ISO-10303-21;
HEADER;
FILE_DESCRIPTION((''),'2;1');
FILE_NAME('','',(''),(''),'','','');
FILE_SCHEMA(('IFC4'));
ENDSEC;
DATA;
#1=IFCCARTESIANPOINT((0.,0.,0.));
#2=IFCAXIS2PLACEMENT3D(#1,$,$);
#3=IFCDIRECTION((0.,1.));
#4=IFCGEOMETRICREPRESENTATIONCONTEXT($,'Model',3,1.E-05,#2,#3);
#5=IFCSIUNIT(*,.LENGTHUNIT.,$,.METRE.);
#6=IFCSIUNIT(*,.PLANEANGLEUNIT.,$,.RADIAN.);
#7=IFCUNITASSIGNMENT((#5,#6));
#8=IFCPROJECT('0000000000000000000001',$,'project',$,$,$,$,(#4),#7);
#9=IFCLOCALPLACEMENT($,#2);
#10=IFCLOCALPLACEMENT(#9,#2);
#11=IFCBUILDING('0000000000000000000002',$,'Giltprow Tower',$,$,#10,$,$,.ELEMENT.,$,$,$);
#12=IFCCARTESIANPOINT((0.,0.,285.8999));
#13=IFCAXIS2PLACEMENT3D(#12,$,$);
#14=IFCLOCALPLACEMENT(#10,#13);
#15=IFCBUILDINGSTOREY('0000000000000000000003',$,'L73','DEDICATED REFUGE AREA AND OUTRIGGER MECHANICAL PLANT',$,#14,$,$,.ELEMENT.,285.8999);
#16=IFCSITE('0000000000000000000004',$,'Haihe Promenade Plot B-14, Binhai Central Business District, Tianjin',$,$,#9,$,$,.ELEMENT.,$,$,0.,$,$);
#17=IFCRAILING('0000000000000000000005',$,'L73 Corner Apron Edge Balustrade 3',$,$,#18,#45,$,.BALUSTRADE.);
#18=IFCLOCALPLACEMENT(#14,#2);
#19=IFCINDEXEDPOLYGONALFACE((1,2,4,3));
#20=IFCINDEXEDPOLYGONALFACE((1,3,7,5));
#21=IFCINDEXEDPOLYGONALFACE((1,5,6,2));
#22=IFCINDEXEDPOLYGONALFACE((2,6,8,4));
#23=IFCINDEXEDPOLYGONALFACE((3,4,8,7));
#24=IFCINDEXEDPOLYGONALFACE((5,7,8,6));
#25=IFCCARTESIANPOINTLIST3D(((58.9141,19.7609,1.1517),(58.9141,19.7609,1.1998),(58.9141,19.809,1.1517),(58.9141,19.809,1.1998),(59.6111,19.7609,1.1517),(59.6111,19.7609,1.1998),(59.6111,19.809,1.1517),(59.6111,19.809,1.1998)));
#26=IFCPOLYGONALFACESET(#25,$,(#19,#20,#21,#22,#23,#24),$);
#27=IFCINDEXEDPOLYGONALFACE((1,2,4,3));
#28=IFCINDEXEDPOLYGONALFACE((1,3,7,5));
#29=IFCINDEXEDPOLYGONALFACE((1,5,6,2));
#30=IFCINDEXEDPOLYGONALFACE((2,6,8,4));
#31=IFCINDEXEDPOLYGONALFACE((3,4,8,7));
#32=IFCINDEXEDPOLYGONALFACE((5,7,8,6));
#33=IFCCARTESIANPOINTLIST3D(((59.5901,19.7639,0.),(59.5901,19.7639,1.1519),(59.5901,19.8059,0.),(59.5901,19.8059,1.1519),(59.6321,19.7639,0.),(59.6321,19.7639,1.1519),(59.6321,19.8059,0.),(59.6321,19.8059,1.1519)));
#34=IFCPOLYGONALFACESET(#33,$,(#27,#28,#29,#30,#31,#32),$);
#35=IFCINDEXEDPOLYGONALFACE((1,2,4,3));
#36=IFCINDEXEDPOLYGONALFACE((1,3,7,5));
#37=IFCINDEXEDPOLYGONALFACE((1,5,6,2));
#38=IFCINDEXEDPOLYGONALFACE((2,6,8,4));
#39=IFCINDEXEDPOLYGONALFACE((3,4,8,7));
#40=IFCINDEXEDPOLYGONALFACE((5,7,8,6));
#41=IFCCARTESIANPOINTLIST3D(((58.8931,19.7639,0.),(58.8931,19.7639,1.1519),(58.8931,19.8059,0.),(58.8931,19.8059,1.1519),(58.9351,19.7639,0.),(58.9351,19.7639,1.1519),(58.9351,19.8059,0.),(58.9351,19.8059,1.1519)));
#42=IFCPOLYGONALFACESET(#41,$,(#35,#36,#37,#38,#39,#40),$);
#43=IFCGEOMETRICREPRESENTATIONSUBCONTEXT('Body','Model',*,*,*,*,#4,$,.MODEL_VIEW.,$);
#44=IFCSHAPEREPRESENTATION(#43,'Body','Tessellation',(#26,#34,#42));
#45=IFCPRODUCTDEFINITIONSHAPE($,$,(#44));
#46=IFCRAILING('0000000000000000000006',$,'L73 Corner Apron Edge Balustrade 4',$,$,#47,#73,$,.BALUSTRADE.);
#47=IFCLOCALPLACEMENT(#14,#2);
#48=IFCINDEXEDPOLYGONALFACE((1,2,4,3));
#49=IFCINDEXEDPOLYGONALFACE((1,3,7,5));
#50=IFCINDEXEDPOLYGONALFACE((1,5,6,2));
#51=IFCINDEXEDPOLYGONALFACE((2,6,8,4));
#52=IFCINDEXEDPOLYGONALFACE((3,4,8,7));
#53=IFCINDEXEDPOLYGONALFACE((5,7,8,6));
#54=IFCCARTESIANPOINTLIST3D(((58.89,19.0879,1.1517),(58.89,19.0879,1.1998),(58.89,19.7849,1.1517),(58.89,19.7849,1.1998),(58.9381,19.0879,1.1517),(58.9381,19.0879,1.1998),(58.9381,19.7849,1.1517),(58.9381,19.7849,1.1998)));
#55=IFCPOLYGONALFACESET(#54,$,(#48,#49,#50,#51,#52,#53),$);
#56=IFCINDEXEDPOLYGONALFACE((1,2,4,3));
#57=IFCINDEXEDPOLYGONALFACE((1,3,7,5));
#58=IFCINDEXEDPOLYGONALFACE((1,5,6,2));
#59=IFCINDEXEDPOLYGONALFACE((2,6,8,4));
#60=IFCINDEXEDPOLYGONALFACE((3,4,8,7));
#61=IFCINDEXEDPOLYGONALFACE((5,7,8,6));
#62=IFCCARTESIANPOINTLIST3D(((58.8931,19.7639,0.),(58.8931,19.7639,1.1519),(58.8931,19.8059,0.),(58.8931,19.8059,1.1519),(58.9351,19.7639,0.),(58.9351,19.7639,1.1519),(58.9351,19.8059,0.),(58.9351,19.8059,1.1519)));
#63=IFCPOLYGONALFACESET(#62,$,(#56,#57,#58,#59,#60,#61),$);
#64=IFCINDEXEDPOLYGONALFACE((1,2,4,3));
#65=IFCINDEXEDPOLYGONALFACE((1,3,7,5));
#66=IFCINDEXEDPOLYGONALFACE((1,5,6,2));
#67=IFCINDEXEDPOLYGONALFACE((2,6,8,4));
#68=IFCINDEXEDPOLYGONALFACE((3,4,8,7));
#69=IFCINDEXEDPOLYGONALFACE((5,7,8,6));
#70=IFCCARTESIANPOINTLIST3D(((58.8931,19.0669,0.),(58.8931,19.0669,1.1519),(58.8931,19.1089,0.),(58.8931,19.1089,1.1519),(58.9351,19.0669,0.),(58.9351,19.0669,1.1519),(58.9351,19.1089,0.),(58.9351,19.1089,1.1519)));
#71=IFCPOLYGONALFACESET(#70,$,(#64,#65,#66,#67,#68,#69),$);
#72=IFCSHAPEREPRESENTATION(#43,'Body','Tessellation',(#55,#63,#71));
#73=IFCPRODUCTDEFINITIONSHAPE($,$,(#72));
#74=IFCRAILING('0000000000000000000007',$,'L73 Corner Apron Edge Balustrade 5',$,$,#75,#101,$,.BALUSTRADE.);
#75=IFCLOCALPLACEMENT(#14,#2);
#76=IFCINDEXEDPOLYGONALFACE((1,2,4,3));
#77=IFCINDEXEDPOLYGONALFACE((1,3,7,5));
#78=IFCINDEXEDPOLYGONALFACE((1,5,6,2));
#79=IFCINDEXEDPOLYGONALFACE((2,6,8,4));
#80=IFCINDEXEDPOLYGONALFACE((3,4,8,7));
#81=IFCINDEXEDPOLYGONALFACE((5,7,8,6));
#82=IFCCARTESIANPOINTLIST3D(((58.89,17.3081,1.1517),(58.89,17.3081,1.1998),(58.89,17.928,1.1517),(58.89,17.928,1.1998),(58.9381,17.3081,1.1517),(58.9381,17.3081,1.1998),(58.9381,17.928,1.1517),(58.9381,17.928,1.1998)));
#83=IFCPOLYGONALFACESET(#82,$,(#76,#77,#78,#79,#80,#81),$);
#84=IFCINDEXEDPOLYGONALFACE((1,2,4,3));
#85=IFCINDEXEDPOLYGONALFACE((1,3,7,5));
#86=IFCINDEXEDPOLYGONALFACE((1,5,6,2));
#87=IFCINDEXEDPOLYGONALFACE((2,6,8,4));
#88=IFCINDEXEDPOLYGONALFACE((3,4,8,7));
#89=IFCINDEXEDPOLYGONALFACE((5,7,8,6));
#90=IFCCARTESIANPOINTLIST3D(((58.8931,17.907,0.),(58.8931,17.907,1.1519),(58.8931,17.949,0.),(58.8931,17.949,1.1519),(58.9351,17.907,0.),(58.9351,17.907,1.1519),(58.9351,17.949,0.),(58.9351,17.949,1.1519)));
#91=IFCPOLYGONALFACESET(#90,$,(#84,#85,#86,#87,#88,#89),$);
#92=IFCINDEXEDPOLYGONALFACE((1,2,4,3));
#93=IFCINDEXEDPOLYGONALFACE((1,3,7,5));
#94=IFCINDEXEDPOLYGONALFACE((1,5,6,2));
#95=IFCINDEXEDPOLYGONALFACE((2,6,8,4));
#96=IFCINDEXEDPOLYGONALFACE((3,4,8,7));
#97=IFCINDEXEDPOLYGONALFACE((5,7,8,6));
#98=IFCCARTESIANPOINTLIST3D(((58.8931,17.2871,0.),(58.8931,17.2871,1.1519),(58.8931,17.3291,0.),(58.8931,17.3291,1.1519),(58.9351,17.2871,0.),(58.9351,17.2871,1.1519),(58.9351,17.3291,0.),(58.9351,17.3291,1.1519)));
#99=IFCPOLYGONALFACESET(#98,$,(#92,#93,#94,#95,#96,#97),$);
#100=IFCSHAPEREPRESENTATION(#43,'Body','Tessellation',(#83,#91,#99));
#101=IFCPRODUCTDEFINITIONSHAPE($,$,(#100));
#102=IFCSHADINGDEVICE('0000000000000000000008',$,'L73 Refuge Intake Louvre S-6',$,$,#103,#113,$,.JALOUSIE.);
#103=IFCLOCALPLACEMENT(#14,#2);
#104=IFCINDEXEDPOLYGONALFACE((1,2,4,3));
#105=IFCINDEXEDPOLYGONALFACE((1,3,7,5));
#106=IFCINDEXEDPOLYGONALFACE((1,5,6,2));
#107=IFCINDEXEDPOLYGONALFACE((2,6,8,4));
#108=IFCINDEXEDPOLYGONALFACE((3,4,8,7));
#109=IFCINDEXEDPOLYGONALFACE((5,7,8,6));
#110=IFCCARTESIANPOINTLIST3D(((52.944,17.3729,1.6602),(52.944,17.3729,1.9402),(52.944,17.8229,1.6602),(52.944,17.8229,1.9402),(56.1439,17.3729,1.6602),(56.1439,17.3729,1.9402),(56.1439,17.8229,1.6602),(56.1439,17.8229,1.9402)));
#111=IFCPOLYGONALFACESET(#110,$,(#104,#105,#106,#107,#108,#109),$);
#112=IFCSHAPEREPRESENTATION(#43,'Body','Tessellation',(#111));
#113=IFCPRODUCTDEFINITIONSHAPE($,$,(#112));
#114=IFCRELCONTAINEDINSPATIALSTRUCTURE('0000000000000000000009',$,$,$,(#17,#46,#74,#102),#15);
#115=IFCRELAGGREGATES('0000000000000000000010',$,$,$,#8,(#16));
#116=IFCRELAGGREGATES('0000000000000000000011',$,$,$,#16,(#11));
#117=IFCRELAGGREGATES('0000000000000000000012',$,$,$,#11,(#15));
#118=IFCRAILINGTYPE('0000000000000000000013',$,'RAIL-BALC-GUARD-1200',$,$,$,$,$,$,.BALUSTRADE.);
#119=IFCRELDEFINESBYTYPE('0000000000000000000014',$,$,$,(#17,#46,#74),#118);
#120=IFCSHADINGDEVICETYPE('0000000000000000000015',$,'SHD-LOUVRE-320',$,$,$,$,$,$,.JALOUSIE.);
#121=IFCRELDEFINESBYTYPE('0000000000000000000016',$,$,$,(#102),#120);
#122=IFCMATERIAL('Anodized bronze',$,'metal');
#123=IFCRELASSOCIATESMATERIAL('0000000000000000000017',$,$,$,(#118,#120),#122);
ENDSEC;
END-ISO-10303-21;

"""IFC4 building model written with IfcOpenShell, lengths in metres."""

from ifc_helpers import new_model, si_unit, direction, frame, origin, origin_2d, place, context, subcontext, project, spatial, rectangle, extrude, source, transform, mapped, material, type_object, element, save


model = new_model("IFC4")

# Units and contexts
model_context = context("Model", 3, precision=1e-05, world=origin(), true_north=direction((0.0, 1.0)))
body_context = subcontext(model_context, "Body", "Model", "MODEL_VIEW")
ifc_project = project(units=[si_unit("LENGTHUNIT", "METRE"), si_unit("PLANEANGLEUNIT", "RADIAN")], contexts=[model_context])

# Site, building, storey
site_placement = place(None, origin())
site = spatial("IfcSite", under=ifc_project, at=site_placement, Name="Haihe Promenade Plot B-14, Binhai Central Business District, Tianjin", CompositionType="ELEMENT", RefElevation=0.0)
building_placement = place(site_placement, origin())
building = spatial("IfcBuilding", under=site, at=building_placement, Name="Giltprow Tower", CompositionType="ELEMENT")
storey_placement = place(building_placement, frame((0.0, 0.0, 285.8999)))
storey = spatial("IfcBuildingStorey", under=building, at=storey_placement, Name="L73", Description="DEDICATED REFUGE AREA AND OUTRIGGER MECHANICAL PLANT", CompositionType="ELEMENT", Elevation=285.8999)

# Railings
ifc_material_1 = material(Name="Anodized bronze", Category="metal")
railing_type = type_object("IfcRailingType", Name="RAIL-BALC-GUARD-1200", PredefinedType="BALUSTRADE", material=ifc_material_1)
railing_1_placement = place(storey_placement, frame((59.6111, 19.7849, 0.0)))
element("IfcRailing", 1, at=railing_1_placement, inside=storey, type_object=railing_type, Name="L73 Corner Apron Edge Balustrade 3", PredefinedType="BALUSTRADE", context=body_context, shape_type="SweptSolid", body=[
    extrude(rectangle(XDim=0.0481, YDim=0.0481, at=origin_2d()), frame((0.0, 0.0, 1.1758), z_axis=(-1.0, 0.0, 0.0), x_axis=(0.0, -1.0, 0.0)), (0.0, 0.0, 1.0), 0.697),
    extrude(rectangle(XDim=0.042, YDim=0.042, at=origin_2d()), origin(), (0.0, 0.0, 1.0), 1.1519),
    extrude(rectangle(XDim=0.042, YDim=0.042, at=origin_2d()), frame((-0.697, 0.0, 0.0)), (0.0, 0.0, 1.0), 1.1519),
])
railing_2_placement = place(storey_placement, frame((58.9141, 19.7849, 0.0)))
element("IfcRailing", 2, at=railing_2_placement, inside=storey, type_object=railing_type, Name="L73 Corner Apron Edge Balustrade 4", PredefinedType="BALUSTRADE", context=body_context, shape_type="SweptSolid", body=[
    extrude(rectangle(XDim=0.0481, YDim=0.0481, at=origin_2d()), frame((0.0, 0.0, 1.1758), z_axis=(0.0, -1.0, 0.0), x_axis=(1.0, 0.0, 0.0)), (0.0, 0.0, 1.0), 0.697),
    extrude(rectangle(XDim=0.042, YDim=0.042, at=origin_2d()), origin(), (0.0, 0.0, 1.0), 1.1519),
    extrude(rectangle(XDim=0.042, YDim=0.042, at=origin_2d()), frame((0.0, -0.697, 0.0)), (0.0, 0.0, 1.0), 1.1519),
])
railing_3_placement = place(storey_placement, frame((58.9141, 17.928, 0.0)))
element("IfcRailing", 3, at=railing_3_placement, inside=storey, type_object=railing_type, Name="L73 Corner Apron Edge Balustrade 5", PredefinedType="BALUSTRADE", context=body_context, shape_type="SweptSolid", body=[
    extrude(rectangle(XDim=0.0481, YDim=0.0481, at=origin_2d()), frame((0.0, 0.0, 1.1758), z_axis=(0.0, -1.0, 0.0), x_axis=(1.0, 0.0, 0.0)), (0.0, 0.0, 1.0), 0.6199),
    extrude(rectangle(XDim=0.042, YDim=0.042, at=origin_2d()), origin(), (0.0, 0.0, 1.0), 1.1519),
    extrude(rectangle(XDim=0.042, YDim=0.042, at=origin_2d()), frame((0.0, -0.6199, 0.0)), (0.0, 0.0, 1.0), 1.1519),
])

# Shading device
shading_device_type = type_object("IfcShadingDeviceType", Name="SHD-LOUVRE-320", PredefinedType="JALOUSIE", material=ifc_material_1)
shared_shape_1 = source(origin(), body_context, "Body", "SweptSolid", [
    extrude(rectangle(XDim=3.2, YDim=0.45, at=origin_2d()), origin(), (0.0, 0.0, 1.0), 0.28),
])
shading_device_placement = place(storey_placement, frame((54.5439, 17.5979, 1.6602), z_axis=(0.0, 0.0, 1.0), x_axis=(1.0, 0.0, 0.0)))
element("IfcShadingDevice", 4, at=shading_device_placement, inside=storey, type_object=shading_device_type, Name="L73 Refuge Intake Louvre S-6", PredefinedType="JALOUSIE", context=body_context, shape_type="MappedRepresentation", body=[
    mapped(shared_shape_1, transform((0.0, 0.0, 0.0), x_axis=(1.0, 0.0, 0.0), y_axis=(0.0, 1.0, 0.0), z_axis=(0.0, 0.0, 1.0), scale=1.0)),
])

save(model, "model.ifc")
